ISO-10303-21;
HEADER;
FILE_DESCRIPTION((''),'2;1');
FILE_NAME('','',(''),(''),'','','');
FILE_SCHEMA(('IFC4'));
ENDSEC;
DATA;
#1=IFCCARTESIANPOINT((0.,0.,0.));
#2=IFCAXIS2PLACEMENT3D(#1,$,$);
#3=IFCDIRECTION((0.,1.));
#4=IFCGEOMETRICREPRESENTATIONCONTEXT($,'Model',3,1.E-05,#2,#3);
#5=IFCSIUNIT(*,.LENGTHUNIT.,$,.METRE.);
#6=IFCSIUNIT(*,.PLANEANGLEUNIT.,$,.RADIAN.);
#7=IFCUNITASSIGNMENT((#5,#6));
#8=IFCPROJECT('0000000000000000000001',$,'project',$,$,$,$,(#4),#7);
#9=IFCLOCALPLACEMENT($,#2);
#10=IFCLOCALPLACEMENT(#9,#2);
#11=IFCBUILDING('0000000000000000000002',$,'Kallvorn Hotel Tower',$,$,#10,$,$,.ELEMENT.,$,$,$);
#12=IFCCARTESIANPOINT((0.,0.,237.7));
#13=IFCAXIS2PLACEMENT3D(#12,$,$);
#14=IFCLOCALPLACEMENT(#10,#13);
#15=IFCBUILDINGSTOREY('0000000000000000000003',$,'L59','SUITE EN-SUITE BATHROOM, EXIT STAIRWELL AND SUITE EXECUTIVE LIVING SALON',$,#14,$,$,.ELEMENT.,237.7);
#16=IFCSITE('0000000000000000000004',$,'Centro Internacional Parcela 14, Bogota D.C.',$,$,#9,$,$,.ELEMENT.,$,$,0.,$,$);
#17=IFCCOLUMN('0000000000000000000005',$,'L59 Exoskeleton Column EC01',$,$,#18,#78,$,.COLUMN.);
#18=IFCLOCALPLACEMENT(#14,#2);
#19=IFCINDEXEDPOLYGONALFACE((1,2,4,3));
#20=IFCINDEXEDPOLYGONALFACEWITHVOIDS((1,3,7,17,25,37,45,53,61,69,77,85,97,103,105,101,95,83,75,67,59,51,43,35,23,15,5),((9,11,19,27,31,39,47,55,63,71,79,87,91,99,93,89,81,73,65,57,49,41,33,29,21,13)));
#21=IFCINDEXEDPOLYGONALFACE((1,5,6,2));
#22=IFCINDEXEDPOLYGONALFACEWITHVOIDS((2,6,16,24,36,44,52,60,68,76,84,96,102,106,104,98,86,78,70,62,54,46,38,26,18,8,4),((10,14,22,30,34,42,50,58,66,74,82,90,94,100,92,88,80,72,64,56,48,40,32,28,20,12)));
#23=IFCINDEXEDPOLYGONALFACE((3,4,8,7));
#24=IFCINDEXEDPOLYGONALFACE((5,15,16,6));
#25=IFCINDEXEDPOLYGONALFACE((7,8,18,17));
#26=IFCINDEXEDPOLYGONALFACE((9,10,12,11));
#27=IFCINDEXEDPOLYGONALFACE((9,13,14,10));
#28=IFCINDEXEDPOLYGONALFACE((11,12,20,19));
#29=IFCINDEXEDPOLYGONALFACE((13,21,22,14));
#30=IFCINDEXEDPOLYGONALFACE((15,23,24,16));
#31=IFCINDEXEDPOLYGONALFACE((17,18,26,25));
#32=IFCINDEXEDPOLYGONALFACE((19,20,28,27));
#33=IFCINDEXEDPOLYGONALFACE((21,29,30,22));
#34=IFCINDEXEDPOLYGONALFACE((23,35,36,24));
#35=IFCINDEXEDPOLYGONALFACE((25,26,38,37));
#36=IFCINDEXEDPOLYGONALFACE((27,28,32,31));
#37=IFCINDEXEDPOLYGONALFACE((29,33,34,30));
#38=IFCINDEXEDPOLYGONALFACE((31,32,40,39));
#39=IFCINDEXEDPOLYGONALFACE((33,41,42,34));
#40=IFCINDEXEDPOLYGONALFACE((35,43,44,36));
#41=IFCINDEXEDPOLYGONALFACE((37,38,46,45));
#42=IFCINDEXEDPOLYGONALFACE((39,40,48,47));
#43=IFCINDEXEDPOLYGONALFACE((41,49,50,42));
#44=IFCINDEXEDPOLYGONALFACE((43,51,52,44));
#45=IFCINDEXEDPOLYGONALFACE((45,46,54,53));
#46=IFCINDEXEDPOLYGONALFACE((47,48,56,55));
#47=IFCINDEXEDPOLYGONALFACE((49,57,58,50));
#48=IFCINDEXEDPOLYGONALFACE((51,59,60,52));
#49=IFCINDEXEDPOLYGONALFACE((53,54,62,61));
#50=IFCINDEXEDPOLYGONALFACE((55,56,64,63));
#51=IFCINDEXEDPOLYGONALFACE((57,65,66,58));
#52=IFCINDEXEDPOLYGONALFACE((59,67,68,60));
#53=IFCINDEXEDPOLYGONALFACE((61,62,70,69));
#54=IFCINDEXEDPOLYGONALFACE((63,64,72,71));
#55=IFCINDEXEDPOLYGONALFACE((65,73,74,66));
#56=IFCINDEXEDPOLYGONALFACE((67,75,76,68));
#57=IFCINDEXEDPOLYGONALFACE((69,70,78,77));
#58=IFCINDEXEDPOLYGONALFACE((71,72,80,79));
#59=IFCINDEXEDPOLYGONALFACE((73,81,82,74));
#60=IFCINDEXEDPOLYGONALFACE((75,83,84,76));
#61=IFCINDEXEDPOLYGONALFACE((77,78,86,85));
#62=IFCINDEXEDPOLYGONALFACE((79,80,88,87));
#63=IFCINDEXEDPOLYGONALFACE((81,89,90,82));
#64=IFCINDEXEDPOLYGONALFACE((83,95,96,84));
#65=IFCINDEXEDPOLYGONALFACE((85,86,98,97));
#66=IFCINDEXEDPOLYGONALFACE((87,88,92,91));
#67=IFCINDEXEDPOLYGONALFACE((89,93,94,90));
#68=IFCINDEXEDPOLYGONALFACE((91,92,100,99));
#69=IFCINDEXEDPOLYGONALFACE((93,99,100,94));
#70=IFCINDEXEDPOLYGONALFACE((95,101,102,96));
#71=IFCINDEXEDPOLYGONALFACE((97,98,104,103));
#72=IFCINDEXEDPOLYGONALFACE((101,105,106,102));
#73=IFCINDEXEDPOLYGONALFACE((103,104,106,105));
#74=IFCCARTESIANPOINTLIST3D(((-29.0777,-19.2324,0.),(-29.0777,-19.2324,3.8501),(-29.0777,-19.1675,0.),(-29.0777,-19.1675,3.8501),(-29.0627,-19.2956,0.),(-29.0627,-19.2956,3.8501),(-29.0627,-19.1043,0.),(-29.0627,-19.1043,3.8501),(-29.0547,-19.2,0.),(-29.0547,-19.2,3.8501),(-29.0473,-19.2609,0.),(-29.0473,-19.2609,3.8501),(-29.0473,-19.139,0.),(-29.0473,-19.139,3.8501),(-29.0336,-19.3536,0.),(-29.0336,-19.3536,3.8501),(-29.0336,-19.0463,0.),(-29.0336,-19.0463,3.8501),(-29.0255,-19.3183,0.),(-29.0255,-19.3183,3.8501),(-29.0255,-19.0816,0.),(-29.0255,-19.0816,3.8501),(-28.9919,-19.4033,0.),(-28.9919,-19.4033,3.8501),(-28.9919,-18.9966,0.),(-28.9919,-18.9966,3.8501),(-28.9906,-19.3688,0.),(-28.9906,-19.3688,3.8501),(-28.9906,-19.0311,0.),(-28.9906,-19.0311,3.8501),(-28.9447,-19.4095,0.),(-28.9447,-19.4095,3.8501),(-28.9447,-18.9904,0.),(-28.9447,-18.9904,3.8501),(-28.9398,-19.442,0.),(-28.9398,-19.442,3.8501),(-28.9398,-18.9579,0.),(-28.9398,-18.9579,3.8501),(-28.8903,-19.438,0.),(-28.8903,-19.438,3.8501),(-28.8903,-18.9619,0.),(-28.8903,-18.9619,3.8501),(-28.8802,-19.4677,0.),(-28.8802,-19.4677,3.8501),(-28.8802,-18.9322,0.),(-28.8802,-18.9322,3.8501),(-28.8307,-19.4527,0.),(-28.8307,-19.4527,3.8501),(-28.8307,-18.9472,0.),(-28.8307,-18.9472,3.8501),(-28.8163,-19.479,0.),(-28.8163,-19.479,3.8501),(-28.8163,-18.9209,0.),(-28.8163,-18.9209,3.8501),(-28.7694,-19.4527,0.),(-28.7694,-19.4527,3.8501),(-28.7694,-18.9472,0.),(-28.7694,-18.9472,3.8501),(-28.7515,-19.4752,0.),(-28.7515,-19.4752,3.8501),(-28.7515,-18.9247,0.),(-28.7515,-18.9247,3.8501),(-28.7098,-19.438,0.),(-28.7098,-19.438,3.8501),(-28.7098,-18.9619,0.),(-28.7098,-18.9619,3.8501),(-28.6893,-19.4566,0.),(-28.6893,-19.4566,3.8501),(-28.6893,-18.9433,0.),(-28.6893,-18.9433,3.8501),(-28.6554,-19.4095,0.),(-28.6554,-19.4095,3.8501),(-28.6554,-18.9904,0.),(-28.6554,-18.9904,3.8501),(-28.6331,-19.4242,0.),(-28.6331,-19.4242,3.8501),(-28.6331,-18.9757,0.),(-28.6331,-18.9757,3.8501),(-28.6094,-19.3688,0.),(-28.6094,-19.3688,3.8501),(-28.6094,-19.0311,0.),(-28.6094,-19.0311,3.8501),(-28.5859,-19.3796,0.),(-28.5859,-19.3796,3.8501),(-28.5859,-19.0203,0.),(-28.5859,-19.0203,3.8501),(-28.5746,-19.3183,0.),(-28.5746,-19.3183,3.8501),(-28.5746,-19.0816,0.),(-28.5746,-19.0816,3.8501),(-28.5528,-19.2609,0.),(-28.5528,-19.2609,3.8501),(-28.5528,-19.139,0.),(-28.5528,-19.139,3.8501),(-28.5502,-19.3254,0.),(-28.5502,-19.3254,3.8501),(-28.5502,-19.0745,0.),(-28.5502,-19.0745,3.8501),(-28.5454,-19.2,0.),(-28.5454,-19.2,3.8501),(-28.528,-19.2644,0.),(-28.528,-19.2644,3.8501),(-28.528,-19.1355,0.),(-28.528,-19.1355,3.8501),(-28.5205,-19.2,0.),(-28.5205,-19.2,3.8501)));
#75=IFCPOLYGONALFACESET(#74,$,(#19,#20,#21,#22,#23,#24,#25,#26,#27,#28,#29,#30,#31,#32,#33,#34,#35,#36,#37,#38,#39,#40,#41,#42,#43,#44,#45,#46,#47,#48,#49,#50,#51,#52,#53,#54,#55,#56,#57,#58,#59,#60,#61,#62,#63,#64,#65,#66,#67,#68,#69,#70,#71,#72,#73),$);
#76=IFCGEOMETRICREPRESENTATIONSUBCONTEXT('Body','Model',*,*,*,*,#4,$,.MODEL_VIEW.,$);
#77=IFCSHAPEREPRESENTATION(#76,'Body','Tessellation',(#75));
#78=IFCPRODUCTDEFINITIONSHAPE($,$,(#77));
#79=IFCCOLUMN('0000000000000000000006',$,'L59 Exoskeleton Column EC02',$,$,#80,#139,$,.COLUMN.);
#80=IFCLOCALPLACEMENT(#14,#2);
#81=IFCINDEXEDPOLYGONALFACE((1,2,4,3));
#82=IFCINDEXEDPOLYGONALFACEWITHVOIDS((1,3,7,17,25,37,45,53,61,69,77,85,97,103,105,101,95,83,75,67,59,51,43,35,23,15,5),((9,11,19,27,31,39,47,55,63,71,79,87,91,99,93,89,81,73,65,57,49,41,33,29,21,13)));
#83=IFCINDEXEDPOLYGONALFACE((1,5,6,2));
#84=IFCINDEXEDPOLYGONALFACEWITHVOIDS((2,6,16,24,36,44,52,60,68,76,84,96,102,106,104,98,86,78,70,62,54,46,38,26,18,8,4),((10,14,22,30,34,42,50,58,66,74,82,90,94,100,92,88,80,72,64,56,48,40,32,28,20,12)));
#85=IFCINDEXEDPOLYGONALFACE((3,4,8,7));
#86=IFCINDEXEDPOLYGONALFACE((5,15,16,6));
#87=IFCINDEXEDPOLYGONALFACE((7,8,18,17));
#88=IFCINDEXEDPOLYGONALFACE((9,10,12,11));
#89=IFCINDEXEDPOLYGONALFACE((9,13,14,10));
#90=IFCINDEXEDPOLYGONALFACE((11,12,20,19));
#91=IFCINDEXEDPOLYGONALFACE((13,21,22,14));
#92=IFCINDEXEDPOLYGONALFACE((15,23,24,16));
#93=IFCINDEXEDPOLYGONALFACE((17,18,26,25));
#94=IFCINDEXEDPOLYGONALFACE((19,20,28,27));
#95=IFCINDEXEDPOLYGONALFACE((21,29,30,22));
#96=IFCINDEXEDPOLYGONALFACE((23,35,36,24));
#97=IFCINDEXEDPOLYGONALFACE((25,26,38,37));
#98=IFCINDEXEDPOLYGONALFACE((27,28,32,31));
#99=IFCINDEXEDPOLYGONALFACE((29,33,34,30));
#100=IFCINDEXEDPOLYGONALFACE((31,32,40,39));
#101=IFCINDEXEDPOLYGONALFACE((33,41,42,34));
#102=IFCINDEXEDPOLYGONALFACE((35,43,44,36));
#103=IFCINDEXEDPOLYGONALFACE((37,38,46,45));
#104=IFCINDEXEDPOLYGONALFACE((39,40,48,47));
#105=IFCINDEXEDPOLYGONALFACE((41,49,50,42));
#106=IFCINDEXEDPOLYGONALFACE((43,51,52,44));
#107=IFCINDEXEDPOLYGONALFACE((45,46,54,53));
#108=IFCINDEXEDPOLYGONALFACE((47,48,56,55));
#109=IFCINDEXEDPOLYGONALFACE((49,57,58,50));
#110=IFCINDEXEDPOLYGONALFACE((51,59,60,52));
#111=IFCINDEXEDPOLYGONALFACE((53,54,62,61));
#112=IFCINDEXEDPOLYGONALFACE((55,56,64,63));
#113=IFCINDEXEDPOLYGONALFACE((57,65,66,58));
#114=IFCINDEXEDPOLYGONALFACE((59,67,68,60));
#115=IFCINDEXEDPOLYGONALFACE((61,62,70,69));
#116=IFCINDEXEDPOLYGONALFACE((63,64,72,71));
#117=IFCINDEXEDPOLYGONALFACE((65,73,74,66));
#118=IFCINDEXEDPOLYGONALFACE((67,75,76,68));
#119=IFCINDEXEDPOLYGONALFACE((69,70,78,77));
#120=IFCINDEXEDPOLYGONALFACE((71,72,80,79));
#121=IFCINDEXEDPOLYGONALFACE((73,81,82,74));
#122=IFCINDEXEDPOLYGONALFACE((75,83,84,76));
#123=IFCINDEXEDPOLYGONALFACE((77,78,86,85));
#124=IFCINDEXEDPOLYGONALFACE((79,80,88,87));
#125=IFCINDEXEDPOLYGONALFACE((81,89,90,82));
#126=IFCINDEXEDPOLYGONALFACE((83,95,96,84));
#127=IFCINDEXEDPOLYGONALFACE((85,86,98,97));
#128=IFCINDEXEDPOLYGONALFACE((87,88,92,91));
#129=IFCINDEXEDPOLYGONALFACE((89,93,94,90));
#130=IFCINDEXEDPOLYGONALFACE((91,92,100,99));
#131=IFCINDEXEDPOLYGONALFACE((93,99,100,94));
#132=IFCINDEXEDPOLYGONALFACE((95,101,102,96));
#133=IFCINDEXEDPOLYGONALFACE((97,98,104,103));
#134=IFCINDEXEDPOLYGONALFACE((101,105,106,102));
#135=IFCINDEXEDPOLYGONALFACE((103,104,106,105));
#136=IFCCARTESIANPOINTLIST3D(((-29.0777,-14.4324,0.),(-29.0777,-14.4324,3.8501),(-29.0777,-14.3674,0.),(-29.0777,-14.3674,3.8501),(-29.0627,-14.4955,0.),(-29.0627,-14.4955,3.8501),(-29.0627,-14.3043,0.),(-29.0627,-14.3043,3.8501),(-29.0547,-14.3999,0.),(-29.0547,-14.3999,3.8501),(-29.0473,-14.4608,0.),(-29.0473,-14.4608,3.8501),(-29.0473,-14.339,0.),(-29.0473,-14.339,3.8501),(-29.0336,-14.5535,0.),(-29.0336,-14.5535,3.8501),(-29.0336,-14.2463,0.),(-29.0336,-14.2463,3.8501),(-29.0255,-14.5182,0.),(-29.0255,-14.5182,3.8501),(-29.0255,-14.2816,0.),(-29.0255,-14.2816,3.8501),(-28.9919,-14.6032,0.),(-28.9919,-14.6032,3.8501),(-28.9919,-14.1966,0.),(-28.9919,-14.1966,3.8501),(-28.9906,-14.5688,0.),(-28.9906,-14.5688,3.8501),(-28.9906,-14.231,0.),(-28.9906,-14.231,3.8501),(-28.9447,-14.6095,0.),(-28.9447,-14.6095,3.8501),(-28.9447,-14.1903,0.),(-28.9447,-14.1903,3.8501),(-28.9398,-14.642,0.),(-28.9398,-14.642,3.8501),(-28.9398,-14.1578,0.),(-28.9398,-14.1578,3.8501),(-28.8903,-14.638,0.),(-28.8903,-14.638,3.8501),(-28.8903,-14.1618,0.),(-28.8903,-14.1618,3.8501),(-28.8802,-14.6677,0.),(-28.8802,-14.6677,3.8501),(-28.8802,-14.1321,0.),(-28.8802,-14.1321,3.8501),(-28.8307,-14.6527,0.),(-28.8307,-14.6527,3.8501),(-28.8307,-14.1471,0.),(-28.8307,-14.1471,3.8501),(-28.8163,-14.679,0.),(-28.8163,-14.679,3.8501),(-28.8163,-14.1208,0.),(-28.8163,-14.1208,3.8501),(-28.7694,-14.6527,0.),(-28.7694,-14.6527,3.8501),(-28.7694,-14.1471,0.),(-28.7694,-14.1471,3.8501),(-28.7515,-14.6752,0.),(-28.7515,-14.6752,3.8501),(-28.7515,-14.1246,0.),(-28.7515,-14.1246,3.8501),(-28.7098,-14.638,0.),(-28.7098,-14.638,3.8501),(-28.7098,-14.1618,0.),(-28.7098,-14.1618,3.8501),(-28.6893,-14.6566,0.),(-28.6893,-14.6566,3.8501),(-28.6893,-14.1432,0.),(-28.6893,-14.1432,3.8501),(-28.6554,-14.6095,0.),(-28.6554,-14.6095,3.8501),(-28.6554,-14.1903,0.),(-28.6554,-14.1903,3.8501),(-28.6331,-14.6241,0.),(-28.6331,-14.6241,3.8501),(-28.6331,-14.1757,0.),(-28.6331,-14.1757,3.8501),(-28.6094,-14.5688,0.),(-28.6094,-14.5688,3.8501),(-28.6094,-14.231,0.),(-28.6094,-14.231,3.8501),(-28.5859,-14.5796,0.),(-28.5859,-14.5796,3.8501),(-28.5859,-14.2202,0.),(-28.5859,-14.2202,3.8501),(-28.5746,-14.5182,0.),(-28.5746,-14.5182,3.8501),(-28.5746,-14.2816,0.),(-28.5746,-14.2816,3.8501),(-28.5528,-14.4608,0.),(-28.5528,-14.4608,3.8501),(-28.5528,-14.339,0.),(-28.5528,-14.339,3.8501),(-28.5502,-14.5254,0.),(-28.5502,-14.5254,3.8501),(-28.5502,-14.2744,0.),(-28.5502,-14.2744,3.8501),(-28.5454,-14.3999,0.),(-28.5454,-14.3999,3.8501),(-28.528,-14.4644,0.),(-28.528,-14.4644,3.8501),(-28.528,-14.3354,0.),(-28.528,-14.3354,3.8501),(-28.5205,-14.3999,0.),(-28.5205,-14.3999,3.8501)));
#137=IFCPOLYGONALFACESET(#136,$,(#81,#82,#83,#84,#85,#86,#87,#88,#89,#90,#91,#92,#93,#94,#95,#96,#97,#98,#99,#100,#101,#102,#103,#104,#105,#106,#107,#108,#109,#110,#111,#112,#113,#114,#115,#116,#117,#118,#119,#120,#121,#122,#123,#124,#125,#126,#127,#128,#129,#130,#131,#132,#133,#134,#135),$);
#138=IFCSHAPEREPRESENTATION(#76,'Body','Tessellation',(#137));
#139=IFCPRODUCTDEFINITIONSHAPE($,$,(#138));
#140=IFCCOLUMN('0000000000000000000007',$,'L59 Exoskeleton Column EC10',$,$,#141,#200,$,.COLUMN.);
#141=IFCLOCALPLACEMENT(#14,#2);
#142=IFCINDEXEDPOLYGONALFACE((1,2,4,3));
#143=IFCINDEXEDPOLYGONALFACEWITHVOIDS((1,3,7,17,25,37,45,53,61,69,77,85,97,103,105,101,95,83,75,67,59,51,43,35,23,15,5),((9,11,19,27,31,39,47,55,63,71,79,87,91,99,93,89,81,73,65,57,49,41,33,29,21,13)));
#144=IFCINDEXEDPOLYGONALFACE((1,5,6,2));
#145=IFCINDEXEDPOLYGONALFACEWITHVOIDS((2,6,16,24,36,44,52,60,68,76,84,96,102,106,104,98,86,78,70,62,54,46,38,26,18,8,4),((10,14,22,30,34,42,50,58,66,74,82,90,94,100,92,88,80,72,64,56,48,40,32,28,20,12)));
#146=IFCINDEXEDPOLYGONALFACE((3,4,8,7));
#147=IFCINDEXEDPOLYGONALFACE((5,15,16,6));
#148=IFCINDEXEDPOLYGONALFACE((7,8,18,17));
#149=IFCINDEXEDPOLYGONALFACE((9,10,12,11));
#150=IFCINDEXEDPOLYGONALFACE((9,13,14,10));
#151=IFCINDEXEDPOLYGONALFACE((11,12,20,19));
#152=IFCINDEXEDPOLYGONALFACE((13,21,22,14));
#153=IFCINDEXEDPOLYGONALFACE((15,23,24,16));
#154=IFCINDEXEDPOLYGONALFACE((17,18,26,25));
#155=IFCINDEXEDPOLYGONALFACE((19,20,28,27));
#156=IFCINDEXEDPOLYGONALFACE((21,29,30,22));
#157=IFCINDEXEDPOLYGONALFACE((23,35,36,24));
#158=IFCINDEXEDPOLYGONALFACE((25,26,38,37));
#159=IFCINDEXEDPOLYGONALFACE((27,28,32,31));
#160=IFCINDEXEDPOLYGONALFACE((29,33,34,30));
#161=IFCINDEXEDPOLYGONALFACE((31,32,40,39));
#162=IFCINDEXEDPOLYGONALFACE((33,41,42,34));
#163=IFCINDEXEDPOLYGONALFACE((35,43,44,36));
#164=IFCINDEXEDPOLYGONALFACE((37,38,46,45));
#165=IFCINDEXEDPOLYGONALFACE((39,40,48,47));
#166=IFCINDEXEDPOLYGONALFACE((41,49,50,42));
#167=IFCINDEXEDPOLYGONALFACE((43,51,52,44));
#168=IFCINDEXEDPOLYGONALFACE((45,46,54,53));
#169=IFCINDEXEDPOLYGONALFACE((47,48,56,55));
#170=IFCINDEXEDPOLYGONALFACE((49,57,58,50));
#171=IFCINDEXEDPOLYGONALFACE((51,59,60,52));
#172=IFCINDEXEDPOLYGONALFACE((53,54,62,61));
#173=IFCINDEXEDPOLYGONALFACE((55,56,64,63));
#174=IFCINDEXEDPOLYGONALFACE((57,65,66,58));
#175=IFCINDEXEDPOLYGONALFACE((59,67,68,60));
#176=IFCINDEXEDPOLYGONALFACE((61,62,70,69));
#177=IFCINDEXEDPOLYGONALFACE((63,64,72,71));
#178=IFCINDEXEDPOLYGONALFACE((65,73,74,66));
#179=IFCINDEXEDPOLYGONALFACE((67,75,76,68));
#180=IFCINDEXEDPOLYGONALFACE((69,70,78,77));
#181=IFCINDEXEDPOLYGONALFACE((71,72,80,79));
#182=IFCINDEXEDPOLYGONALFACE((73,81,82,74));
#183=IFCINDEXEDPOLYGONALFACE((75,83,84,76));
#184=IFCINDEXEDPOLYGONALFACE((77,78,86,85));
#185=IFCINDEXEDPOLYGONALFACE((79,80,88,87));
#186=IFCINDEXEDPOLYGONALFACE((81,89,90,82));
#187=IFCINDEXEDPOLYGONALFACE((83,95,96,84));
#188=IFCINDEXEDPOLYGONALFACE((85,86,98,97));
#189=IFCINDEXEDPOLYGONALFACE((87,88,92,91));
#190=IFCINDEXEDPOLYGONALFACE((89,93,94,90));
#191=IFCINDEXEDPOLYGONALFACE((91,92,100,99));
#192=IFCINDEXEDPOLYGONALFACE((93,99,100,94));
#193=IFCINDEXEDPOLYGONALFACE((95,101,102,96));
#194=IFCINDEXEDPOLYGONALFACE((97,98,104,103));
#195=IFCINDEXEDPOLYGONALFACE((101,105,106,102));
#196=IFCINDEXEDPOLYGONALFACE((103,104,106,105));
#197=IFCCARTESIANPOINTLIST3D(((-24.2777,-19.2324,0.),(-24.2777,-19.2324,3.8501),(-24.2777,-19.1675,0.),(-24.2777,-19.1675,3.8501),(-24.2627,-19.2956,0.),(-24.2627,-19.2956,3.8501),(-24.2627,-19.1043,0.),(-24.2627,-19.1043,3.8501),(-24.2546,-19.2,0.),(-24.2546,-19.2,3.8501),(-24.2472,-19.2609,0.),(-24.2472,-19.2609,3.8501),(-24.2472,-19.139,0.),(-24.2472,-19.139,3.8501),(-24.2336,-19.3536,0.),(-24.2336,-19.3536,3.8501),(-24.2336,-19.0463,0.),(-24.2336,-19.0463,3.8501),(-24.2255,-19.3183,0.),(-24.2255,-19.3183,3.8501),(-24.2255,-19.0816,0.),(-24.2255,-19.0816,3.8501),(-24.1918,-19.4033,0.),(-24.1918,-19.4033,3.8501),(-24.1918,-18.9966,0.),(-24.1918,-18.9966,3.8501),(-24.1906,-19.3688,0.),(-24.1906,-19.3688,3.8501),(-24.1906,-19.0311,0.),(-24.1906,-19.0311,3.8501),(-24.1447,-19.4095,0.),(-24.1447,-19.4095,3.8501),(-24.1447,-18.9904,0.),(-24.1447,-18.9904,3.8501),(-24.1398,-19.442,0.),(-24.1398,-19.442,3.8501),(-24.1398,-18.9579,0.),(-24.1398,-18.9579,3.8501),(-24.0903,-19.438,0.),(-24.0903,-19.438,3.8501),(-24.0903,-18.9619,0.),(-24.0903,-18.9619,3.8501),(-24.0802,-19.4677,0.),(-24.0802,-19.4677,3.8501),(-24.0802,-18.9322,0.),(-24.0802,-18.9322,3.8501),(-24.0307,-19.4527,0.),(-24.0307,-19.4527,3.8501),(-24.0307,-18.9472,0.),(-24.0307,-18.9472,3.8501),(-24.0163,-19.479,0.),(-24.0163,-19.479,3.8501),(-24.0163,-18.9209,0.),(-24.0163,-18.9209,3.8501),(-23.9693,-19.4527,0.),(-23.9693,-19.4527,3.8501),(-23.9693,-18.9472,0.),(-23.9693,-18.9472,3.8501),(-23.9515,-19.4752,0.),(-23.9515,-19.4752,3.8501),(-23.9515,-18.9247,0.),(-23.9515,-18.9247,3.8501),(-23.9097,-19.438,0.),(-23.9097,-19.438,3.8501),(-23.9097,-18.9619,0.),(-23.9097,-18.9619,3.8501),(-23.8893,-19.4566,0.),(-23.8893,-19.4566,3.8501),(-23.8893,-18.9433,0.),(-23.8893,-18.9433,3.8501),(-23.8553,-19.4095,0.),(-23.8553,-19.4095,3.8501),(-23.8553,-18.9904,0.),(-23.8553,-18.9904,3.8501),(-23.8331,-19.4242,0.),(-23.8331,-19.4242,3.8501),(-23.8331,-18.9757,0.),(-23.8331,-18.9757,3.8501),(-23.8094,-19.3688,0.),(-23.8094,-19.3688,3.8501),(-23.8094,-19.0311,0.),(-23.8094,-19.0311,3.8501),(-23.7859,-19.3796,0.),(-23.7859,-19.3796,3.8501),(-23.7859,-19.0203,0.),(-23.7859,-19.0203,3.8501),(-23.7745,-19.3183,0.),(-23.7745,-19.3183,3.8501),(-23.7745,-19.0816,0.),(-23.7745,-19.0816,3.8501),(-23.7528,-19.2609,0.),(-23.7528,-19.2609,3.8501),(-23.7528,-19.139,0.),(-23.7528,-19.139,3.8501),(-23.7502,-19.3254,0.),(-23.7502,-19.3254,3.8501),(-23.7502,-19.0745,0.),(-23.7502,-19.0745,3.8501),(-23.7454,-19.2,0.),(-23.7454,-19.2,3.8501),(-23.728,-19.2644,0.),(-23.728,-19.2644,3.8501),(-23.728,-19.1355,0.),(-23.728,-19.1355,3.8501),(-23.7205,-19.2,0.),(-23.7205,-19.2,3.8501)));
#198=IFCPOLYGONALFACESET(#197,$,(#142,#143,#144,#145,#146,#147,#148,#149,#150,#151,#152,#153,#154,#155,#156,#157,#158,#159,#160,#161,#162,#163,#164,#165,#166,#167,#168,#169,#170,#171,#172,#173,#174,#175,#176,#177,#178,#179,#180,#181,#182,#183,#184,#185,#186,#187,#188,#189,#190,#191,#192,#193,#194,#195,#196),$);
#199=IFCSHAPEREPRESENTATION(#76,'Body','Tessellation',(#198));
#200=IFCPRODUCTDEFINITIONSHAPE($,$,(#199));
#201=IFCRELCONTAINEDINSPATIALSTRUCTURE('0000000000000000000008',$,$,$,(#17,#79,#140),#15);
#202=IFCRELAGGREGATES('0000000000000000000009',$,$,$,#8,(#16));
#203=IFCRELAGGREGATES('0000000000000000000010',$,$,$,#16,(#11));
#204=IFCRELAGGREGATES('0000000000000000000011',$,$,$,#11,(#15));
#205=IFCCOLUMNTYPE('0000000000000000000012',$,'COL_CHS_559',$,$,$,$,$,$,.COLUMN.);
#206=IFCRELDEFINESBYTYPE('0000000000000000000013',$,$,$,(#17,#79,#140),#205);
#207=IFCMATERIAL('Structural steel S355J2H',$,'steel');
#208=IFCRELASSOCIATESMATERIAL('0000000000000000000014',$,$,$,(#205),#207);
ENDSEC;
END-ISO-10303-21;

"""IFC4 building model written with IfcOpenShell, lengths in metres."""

from ifc_helpers import new_model, si_unit, direction, frame, origin, origin_2d, place, context, subcontext, project, spatial, hollow_circle, extrude, material, material_profile, profile_set, type_object, element, save


model = new_model("IFC4")

# Units and contexts
model_context = context("Model", 3, precision=1e-05, world=origin(), true_north=direction((0.0, 1.0)))
body_context = subcontext(model_context, "Body", "Model", "MODEL_VIEW")
ifc_project = project(units=[si_unit("LENGTHUNIT", "METRE"), si_unit("PLANEANGLEUNIT", "RADIAN")], contexts=[model_context])

# Site, building, storey
site_placement = place(None, origin())
site = spatial("IfcSite", under=ifc_project, at=site_placement, Name="Centro Internacional Parcela 14, Bogota D.C.", CompositionType="ELEMENT", RefElevation=0.0)
building_placement = place(site_placement, origin())
building = spatial("IfcBuilding", under=site, at=building_placement, Name="Kallvorn Hotel Tower", CompositionType="ELEMENT")
storey_placement = place(building_placement, frame((0.0, 0.0, 237.7)))
storey = spatial("IfcBuildingStorey", under=building, at=storey_placement, Name="L59", Description="SUITE EN-SUITE BATHROOM, EXIT STAIRWELL AND SUITE EXECUTIVE LIVING SALON", CompositionType="ELEMENT", Elevation=237.7)

# Columns
ifc_material_1 = material(Name="Structural steel S355J2H", Category="steel")
ifc_material_profile_1 = material_profile(ifc_material_1, hollow_circle(Radius=0.2795, WallThickness=0.0249, at=origin_2d()), Name="CHS 559x25")
ifc_profile_set_1 = profile_set([ifc_material_profile_1], Name="Structural steel S355J2H")
column_type_1 = type_object("IfcColumnType", Name="COL_CHS_559", PredefinedType="COLUMN", material=ifc_profile_set_1)
for number, where, z_axis, x_axis, name in (
    (1, (-28.8, -19.2, 0.0), (0.0, 0.0, 1.0), (1.0, 0.0, 0.0), "L59 Exoskeleton Column EC01"),
    (2, (-28.8, -14.3999, 0.0), (0.0, 0.0, 1.0), (1.0, 0.0, 0.0), "L59 Exoskeleton Column EC02"),
    (3, (-24.0, -19.2, 0.0), (0.0, 0.0, 1.0), (1.0, 0.0, 0.0), "L59 Exoskeleton Column EC10"),
):
    element("IfcColumn", number, at=place(storey_placement, frame(where, z_axis=z_axis, x_axis=x_axis)), inside=storey, type_object=column_type_1, Name=name, PredefinedType="COLUMN", context=body_context, shape_type="SweptSolid", body=[
        extrude(hollow_circle(Radius=0.2795, WallThickness=0.0249, at=origin_2d()), origin(), (0.0, 0.0, 1.0), 3.8501),
    ])

save(model, "model.ifc")
